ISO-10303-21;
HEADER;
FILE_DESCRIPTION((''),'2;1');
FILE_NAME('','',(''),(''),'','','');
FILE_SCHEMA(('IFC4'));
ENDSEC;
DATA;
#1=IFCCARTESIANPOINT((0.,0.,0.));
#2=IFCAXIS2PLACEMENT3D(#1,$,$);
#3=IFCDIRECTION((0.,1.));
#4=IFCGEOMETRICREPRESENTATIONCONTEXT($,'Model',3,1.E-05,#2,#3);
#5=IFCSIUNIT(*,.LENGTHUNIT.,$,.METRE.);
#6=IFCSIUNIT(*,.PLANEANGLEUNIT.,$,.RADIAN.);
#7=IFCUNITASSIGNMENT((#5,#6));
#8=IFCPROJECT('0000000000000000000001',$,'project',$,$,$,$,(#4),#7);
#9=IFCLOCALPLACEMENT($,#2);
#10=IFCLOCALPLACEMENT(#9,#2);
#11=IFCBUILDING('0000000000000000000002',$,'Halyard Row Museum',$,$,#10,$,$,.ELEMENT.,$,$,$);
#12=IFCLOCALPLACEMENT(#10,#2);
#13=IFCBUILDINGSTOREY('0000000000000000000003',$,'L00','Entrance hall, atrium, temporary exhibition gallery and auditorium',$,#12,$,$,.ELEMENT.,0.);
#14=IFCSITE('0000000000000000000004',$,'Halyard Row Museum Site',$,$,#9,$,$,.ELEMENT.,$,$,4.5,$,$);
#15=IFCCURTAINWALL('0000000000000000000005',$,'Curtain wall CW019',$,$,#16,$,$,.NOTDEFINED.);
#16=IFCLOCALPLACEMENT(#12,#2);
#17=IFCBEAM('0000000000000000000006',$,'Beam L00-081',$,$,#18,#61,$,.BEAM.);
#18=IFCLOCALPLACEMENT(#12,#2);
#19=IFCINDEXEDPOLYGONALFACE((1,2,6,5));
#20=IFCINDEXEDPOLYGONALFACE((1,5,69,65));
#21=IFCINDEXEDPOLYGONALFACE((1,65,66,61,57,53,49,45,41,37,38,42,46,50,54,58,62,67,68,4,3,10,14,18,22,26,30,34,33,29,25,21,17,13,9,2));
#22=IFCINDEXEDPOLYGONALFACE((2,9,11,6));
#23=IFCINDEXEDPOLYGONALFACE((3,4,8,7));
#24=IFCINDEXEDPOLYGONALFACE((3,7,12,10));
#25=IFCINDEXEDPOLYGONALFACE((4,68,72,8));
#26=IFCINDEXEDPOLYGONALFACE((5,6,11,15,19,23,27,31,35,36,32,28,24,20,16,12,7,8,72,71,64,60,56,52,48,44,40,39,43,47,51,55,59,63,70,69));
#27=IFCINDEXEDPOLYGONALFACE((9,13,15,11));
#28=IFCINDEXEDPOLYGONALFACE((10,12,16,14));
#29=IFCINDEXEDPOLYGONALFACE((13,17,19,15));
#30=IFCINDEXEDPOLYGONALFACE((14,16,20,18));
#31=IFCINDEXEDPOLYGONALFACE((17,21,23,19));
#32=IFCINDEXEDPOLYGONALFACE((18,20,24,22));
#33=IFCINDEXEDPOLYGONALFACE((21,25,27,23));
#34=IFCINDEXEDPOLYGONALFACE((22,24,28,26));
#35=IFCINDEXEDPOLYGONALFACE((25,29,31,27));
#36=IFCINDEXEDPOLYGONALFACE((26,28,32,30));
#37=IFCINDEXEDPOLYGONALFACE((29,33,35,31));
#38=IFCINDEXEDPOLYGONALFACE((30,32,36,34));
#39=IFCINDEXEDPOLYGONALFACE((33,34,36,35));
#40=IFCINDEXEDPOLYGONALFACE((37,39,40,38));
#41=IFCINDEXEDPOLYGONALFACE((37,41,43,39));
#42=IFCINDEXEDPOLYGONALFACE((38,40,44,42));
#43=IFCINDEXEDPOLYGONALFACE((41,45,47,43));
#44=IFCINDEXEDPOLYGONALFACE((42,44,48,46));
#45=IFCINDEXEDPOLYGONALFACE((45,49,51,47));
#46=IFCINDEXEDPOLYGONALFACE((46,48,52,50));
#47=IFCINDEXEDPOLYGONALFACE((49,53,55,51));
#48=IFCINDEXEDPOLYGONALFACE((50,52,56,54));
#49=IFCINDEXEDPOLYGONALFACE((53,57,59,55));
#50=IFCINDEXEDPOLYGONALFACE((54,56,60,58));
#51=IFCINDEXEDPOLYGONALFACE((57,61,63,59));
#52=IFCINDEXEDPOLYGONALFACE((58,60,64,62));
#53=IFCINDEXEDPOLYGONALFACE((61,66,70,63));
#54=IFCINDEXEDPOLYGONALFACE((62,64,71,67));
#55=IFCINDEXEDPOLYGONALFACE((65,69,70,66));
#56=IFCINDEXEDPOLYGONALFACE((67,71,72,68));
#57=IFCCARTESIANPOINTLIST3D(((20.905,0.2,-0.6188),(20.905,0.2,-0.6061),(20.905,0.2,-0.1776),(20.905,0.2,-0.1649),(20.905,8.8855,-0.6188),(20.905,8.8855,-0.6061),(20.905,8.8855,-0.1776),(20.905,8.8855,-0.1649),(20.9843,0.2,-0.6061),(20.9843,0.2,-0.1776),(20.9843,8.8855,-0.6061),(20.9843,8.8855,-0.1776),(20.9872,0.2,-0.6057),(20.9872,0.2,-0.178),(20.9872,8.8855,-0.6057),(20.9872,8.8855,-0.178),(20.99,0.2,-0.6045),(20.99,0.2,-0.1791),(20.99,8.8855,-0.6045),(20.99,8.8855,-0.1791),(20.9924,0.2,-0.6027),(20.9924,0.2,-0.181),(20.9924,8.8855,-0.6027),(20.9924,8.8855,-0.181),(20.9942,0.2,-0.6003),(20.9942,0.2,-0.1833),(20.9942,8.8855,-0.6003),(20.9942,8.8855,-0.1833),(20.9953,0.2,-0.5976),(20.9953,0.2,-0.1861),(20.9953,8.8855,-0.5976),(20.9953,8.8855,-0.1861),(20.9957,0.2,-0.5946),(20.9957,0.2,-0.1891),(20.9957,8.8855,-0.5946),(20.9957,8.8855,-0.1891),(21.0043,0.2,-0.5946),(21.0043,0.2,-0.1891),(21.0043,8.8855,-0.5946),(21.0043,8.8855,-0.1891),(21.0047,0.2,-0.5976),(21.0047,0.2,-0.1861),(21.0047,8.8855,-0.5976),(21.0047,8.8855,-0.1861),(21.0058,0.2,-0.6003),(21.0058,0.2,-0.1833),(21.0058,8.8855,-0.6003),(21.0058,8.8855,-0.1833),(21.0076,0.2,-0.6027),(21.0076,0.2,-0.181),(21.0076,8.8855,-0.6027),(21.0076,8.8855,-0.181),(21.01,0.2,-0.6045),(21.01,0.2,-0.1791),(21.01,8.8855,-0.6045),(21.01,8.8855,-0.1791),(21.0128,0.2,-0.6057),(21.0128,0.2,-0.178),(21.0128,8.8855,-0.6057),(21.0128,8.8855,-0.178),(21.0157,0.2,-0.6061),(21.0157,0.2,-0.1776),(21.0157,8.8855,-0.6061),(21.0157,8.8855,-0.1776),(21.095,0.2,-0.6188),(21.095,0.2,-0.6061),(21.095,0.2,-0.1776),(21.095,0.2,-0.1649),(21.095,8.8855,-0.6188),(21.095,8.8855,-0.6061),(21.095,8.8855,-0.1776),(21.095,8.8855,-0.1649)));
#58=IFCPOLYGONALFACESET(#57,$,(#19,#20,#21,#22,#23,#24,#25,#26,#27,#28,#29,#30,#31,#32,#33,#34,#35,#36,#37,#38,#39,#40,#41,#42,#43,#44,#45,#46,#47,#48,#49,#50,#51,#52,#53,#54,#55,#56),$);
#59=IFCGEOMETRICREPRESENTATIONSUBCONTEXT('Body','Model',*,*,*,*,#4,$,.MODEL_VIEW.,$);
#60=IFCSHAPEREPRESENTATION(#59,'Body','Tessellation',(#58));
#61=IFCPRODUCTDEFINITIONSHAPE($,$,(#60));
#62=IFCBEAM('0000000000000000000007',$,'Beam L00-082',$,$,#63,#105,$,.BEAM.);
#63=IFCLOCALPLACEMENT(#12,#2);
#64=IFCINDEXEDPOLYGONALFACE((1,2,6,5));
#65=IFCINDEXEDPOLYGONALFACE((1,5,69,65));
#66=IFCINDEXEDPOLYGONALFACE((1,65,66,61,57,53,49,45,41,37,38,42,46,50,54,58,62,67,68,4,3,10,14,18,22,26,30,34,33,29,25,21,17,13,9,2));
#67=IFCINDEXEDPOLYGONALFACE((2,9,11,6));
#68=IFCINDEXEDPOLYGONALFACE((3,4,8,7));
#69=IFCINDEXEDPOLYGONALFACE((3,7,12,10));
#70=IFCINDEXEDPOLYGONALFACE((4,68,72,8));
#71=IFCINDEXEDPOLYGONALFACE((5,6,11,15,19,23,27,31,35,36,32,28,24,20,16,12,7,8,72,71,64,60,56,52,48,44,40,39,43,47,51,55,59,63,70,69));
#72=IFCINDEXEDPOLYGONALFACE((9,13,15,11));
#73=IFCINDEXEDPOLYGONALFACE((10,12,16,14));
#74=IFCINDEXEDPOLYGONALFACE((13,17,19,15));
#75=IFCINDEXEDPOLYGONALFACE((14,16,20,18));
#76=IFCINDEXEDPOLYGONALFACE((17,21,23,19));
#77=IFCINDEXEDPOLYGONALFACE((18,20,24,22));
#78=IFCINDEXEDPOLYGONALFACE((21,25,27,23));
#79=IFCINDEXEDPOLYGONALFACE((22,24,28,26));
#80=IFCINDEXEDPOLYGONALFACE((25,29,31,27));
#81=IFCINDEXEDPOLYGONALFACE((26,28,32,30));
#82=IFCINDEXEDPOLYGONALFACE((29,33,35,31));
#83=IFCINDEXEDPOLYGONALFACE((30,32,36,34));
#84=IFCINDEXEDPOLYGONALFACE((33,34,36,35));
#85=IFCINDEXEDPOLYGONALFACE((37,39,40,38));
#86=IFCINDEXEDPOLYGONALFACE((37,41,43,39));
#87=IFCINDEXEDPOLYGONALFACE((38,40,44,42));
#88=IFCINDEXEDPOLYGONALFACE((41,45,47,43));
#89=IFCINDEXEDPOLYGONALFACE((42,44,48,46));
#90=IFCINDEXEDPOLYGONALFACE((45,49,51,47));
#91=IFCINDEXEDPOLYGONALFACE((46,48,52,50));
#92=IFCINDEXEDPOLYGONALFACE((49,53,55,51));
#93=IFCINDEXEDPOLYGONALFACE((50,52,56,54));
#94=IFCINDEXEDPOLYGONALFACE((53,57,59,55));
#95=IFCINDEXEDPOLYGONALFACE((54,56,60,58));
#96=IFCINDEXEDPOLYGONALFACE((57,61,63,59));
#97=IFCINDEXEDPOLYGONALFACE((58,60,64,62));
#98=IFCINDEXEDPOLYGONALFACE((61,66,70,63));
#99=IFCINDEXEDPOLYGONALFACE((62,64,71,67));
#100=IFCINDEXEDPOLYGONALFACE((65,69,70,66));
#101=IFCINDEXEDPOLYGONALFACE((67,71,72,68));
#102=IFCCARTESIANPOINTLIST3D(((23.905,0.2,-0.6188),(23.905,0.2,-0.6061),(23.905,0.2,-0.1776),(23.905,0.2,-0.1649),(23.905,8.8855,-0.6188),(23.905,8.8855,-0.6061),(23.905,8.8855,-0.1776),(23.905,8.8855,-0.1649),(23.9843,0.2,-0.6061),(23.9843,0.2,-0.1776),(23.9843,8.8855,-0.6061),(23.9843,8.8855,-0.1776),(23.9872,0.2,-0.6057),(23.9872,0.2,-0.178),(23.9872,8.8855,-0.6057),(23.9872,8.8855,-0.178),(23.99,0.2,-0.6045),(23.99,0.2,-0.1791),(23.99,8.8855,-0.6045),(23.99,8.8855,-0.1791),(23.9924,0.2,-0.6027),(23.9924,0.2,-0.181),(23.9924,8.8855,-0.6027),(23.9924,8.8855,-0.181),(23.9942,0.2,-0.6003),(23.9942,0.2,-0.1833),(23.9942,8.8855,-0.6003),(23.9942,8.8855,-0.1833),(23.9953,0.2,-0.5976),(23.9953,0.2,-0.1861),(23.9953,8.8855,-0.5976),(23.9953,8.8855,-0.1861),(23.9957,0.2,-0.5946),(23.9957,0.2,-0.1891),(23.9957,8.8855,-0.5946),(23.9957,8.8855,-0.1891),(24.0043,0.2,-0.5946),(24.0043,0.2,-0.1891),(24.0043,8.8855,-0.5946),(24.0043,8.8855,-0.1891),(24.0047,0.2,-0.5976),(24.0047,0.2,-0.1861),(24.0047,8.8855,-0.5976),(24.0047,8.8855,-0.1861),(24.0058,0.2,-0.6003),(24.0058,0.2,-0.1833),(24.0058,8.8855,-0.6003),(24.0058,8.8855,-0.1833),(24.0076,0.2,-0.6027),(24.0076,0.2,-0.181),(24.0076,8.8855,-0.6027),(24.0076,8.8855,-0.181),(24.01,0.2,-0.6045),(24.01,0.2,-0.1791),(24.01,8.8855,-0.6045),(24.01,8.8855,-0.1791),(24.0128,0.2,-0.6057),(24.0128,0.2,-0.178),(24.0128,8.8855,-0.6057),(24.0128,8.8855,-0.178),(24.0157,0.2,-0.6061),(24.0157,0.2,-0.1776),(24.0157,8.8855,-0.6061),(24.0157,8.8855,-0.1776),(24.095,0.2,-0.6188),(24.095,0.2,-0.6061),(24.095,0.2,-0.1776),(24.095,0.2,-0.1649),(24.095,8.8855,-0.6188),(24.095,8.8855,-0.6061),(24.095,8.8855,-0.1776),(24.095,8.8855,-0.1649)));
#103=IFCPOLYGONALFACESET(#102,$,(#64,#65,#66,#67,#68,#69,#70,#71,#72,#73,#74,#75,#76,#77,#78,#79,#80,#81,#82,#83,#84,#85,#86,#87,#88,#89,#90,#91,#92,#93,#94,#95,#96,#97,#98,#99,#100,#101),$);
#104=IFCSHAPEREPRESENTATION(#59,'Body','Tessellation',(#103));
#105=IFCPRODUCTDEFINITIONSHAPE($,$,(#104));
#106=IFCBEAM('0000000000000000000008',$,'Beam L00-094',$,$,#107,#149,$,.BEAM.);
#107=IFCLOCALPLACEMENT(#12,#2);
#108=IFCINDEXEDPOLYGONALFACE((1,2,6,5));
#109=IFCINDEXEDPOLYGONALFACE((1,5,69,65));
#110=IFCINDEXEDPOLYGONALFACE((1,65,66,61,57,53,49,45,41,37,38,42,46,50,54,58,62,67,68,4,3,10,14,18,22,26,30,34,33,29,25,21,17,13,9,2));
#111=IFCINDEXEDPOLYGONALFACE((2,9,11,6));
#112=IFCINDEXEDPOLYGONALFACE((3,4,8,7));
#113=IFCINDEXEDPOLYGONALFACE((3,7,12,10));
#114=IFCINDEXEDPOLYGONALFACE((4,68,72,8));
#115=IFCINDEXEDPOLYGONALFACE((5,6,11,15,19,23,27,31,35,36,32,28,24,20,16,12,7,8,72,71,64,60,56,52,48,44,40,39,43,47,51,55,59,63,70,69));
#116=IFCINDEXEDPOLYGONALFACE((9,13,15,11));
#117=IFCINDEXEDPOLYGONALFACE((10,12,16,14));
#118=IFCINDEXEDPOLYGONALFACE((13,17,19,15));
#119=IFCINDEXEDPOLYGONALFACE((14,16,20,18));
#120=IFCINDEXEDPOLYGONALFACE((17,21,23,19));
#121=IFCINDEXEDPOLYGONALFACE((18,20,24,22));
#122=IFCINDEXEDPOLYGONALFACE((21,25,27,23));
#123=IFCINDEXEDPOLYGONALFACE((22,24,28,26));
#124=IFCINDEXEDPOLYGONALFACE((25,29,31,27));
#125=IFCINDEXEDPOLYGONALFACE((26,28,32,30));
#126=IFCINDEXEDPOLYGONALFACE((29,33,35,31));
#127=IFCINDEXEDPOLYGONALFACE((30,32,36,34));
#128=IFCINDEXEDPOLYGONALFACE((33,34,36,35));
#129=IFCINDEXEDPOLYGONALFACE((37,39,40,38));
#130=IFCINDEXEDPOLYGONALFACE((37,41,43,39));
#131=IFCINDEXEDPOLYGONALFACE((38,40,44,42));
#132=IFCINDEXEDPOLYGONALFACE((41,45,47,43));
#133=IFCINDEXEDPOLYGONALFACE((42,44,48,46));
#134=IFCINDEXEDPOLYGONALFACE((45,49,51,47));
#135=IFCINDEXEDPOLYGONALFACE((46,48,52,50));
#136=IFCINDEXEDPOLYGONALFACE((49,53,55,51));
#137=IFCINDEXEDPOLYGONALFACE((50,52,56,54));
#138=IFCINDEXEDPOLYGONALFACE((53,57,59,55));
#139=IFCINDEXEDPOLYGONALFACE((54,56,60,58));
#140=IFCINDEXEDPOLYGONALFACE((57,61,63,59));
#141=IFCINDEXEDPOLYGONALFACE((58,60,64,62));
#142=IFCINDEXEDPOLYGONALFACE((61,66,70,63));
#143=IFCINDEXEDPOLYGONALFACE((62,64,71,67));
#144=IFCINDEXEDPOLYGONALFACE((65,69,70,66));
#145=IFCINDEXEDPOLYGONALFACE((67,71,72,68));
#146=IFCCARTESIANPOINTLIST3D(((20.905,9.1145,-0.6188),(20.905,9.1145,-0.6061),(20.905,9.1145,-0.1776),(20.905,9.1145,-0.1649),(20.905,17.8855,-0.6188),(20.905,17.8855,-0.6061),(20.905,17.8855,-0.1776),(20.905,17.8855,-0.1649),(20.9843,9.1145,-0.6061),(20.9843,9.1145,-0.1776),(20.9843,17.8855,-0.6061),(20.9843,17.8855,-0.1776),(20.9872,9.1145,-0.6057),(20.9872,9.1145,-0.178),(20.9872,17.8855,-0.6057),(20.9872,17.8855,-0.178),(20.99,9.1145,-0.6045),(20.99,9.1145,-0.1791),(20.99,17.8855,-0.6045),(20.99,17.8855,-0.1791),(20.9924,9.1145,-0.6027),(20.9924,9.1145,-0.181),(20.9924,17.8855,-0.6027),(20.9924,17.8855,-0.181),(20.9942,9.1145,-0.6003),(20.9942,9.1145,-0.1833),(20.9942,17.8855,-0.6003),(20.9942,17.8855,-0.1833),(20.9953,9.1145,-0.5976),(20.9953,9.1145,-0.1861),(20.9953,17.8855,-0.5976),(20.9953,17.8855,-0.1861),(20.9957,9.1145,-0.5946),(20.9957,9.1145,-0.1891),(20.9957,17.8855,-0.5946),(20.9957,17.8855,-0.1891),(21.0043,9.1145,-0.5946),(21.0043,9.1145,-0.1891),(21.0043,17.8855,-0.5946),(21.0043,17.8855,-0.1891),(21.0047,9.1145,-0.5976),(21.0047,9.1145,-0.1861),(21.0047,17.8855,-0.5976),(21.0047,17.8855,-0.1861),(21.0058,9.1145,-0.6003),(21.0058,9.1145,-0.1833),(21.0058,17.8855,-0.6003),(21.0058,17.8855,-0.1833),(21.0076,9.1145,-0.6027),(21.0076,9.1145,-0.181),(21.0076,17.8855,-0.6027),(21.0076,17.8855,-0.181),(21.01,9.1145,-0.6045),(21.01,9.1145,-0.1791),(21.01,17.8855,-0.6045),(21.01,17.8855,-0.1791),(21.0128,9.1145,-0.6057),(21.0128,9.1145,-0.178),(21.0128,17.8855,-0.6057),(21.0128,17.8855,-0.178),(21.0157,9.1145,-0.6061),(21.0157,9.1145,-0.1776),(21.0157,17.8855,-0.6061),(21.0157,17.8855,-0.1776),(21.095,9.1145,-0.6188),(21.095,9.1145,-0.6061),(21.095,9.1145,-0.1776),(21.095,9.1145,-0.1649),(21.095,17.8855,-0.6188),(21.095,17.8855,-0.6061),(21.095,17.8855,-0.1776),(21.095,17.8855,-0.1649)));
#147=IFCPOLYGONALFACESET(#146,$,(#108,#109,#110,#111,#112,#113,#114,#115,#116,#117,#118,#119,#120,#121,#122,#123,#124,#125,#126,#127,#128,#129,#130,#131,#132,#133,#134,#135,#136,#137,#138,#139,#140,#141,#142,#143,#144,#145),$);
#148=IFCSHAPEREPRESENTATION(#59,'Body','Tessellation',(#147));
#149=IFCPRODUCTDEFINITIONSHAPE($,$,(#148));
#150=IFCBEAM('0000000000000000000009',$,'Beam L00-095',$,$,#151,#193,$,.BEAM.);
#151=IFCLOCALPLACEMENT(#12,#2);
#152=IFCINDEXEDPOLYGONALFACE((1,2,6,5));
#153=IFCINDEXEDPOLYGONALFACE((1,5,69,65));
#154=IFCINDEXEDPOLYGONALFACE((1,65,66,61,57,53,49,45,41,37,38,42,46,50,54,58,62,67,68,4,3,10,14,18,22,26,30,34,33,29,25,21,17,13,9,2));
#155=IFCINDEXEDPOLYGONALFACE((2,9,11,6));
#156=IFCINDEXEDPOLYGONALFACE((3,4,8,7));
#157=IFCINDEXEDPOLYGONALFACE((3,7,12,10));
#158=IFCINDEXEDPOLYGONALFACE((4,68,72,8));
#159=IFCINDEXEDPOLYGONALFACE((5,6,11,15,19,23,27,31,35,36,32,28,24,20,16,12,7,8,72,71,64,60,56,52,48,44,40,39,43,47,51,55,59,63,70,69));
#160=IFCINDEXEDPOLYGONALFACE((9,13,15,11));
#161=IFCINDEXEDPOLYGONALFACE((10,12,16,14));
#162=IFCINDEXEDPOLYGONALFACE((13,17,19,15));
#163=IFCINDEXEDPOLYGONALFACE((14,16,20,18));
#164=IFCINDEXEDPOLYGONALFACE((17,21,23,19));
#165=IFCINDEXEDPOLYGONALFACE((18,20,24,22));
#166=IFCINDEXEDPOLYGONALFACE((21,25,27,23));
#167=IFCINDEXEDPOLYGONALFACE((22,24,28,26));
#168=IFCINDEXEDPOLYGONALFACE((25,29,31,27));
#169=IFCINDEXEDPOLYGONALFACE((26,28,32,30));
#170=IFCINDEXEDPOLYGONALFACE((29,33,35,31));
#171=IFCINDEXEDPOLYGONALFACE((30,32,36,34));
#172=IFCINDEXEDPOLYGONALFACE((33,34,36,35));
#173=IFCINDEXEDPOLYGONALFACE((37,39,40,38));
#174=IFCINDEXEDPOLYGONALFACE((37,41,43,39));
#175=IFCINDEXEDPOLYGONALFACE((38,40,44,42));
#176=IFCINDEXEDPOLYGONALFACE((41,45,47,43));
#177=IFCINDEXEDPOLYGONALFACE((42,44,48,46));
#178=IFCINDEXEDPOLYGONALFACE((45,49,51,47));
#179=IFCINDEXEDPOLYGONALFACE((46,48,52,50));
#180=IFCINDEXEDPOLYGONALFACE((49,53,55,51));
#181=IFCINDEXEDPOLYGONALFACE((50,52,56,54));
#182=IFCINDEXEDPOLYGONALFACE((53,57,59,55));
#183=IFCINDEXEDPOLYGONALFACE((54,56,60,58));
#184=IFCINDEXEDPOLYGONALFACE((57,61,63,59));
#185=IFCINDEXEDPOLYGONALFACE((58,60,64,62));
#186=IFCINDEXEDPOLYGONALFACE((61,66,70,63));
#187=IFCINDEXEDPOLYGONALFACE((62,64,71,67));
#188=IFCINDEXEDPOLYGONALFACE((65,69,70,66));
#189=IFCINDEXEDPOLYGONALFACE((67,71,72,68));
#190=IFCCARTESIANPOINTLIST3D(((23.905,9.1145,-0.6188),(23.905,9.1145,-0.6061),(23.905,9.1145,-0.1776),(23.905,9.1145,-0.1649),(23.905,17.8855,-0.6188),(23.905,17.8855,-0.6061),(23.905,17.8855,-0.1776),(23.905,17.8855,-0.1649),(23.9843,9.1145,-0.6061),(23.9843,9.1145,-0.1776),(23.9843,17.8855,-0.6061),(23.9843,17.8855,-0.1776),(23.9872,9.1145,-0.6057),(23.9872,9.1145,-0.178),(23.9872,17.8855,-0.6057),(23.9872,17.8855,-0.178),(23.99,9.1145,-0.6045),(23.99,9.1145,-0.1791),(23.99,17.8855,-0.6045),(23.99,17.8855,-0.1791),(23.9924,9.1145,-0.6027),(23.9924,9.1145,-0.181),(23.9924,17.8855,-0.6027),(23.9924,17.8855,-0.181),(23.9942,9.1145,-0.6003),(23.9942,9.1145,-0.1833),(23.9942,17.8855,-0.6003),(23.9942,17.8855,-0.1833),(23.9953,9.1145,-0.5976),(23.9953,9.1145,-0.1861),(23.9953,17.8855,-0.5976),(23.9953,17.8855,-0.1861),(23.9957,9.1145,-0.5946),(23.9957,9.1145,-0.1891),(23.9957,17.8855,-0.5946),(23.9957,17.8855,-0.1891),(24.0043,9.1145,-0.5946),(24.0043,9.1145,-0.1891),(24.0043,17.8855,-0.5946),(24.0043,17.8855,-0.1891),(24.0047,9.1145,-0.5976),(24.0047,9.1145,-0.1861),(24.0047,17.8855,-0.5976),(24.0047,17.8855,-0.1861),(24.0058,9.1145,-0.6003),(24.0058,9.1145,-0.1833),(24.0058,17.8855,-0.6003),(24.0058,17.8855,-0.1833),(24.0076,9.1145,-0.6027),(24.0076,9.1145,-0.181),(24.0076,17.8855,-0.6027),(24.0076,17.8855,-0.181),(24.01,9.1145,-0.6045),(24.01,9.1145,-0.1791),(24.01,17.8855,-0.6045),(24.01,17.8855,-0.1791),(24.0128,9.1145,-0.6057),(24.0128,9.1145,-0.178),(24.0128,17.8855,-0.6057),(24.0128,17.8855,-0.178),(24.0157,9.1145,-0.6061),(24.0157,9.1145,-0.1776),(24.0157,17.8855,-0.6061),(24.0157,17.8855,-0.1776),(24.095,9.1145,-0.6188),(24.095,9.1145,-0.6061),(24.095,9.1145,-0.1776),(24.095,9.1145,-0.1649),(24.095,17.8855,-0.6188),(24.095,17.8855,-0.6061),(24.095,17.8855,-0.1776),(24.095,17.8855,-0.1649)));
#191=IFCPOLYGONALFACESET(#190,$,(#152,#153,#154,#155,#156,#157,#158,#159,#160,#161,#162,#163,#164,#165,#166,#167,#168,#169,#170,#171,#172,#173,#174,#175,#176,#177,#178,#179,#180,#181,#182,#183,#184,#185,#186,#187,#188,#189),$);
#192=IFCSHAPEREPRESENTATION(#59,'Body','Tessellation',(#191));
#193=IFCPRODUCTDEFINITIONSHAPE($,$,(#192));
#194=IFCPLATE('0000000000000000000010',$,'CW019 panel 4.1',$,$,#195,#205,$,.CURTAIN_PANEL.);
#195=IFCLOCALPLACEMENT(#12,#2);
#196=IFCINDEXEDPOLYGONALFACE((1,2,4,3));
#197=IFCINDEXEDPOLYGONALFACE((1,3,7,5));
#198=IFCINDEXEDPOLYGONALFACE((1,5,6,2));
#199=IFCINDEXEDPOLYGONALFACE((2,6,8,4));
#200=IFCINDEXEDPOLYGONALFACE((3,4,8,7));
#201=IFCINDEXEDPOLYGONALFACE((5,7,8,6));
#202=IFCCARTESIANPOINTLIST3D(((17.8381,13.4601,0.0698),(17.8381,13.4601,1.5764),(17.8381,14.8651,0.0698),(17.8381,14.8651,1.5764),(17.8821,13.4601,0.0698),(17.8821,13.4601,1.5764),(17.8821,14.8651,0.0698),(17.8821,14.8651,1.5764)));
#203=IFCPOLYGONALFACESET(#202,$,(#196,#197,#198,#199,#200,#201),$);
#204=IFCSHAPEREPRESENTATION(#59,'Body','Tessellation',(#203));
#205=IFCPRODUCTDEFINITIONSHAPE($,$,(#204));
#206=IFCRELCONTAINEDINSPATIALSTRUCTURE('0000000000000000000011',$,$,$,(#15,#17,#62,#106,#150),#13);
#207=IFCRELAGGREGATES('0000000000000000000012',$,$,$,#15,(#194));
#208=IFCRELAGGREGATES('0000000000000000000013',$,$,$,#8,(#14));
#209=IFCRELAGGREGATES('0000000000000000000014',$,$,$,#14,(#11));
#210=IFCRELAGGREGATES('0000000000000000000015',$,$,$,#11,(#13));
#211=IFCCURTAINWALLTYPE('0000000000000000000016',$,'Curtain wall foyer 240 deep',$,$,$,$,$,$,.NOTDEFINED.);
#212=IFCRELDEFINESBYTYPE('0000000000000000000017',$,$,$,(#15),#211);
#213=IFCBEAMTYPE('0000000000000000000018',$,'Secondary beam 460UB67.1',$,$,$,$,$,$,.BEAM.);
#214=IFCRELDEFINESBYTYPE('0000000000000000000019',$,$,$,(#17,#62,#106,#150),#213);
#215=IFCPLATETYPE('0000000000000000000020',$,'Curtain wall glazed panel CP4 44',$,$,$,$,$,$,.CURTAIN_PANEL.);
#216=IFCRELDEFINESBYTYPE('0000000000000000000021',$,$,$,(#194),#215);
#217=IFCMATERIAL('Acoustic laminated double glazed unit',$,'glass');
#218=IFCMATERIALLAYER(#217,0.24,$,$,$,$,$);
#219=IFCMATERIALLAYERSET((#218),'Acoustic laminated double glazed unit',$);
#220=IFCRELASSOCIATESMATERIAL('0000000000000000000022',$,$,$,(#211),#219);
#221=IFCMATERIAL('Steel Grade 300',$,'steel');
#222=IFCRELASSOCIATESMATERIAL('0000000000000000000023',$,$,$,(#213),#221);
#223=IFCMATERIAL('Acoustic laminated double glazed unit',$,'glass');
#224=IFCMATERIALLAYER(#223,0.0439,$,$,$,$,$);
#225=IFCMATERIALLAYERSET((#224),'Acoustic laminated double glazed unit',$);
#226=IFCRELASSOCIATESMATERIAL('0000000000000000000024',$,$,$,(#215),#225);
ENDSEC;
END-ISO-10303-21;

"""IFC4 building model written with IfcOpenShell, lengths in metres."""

from ifc_helpers import new_model, si_unit, direction, frame, origin, origin_2d, place, context, subcontext, project, spatial, rectangle, i_section, extrude, material, layer, layer_set, material_profile, profile_set, type_object, element, aggregate, save


model = new_model("IFC4")

# Units and contexts
model_context = context("Model", 3, precision=1e-05, world=origin(), true_north=direction((0.0, 1.0)))
body_context = subcontext(model_context, "Body", "Model", "MODEL_VIEW")
ifc_project = project(units=[si_unit("LENGTHUNIT", "METRE"), si_unit("PLANEANGLEUNIT", "RADIAN")], contexts=[model_context])

# Site, building, storey
site_placement = place(None, origin())
site = spatial("IfcSite", under=ifc_project, at=site_placement, Name="Halyard Row Museum Site", CompositionType="ELEMENT", RefElevation=4.5)
building_placement = place(site_placement, origin())
building = spatial("IfcBuilding", under=site, at=building_placement, Name="Halyard Row Museum", CompositionType="ELEMENT")
storey_placement = place(building_placement, origin())
storey = spatial("IfcBuildingStorey", under=building, at=storey_placement, Name="L00", Description="Entrance hall, atrium, temporary exhibition gallery and auditorium", CompositionType="ELEMENT", Elevation=0.0)

# Curtain wall
ifc_material_1 = material(Name="Acoustic laminated double glazed unit", Category="glass")
ifc_layer_1 = layer(ifc_material_1, 0.24)
ifc_layer_set_1 = layer_set([ifc_layer_1], Name="Acoustic laminated double glazed unit")
curtain_wall_type = type_object("IfcCurtainWallType", Name="Curtain wall foyer 240 deep", PredefinedType="NOTDEFINED", material=ifc_layer_set_1)
curtain_wall_placement = place(storey_placement, origin())
curtain_wall = element("IfcCurtainWall", 1, at=curtain_wall_placement, inside=storey, type_object=curtain_wall_type, Name="Curtain wall CW019", PredefinedType="NOTDEFINED")

# Beams
ifc_material_2 = material(Name="Steel Grade 300", Category="steel")
ifc_material_profile_1 = material_profile(ifc_material_2, i_section(OverallWidth=0.1899, OverallDepth=0.4539, WebThickness=0.0085, FlangeThickness=0.0127, FilletRadius=0.0115, at=origin_2d()), Name="460UB67.1")
ifc_profile_set_1 = profile_set([ifc_material_profile_1], Name="Steel Grade 300")
beam_type_1 = type_object("IfcBeamType", Name="Secondary beam 460UB67.1", PredefinedType="BEAM", material=ifc_profile_set_1)
for number, where, z_axis, x_axis, name in (
    (2, (21.0, 0.2, -0.3918), (0.0, 1.0, 0.0), (-1.0, 0.0, 0.0), "Beam L00-081"),
    (3, (24.0, 0.2, -0.3918), (0.0, 1.0, 0.0), (-1.0, 0.0, 0.0), "Beam L00-082"),
):
    element("IfcBeam", number, at=place(storey_placement, frame(where, z_axis=z_axis, x_axis=x_axis)), inside=storey, type_object=beam_type_1, Name=name, PredefinedType="BEAM", context=body_context, shape_type="SweptSolid", body=[
        extrude(i_section(OverallWidth=0.1899, OverallDepth=0.4539, WebThickness=0.0085, FlangeThickness=0.0127, FilletRadius=0.0115, at=origin_2d()), origin(), (0.0, 0.0, 1.0), 8.6855),
    ])
for number, where, z_axis, x_axis, name in (
    (4, (21.0, 9.1145, -0.3918), (0.0, 1.0, 0.0), (-1.0, 0.0, 0.0), "Beam L00-094"),
    (5, (24.0, 9.1145, -0.3918), (0.0, 1.0, 0.0), (-1.0, 0.0, 0.0), "Beam L00-095"),
):
    element("IfcBeam", number, at=place(storey_placement, frame(where, z_axis=z_axis, x_axis=x_axis)), inside=storey, type_object=beam_type_1, Name=name, PredefinedType="BEAM", context=body_context, shape_type="SweptSolid", body=[
        extrude(i_section(OverallWidth=0.1899, OverallDepth=0.4539, WebThickness=0.0085, FlangeThickness=0.0127, FilletRadius=0.0115, at=origin_2d()), origin(), (0.0, 0.0, 1.0), 8.771),
    ])

# Plate
ifc_material_3 = material(Name="Acoustic laminated double glazed unit", Category="glass")
ifc_layer_2 = layer(ifc_material_3, 0.0439)
ifc_layer_set_2 = layer_set([ifc_layer_2], Name="Acoustic laminated double glazed unit")
plate_type = type_object("IfcPlateType", Name="Curtain wall glazed panel CP4 44", PredefinedType="CURTAIN_PANEL", material=ifc_layer_set_2)
plate_1_placement = place(storey_placement, frame((17.8601, 14.1626, 0.0698), z_axis=(0.0, 0.0, 1.0), x_axis=(0.0, 1.0, 0.0)))
plate_1 = element("IfcPlate", 6, at=plate_1_placement, type_object=plate_type, Name="CW019 panel 4.1", PredefinedType="CURTAIN_PANEL", context=body_context, shape_type="SweptSolid", body=[
    extrude(rectangle(XDim=1.405, YDim=0.0439, at=origin_2d()), origin(), (0.0, 0.0, 1.0), 1.5066),
])
aggregate(curtain_wall, [plate_1])

save(model, "model.ifc")
